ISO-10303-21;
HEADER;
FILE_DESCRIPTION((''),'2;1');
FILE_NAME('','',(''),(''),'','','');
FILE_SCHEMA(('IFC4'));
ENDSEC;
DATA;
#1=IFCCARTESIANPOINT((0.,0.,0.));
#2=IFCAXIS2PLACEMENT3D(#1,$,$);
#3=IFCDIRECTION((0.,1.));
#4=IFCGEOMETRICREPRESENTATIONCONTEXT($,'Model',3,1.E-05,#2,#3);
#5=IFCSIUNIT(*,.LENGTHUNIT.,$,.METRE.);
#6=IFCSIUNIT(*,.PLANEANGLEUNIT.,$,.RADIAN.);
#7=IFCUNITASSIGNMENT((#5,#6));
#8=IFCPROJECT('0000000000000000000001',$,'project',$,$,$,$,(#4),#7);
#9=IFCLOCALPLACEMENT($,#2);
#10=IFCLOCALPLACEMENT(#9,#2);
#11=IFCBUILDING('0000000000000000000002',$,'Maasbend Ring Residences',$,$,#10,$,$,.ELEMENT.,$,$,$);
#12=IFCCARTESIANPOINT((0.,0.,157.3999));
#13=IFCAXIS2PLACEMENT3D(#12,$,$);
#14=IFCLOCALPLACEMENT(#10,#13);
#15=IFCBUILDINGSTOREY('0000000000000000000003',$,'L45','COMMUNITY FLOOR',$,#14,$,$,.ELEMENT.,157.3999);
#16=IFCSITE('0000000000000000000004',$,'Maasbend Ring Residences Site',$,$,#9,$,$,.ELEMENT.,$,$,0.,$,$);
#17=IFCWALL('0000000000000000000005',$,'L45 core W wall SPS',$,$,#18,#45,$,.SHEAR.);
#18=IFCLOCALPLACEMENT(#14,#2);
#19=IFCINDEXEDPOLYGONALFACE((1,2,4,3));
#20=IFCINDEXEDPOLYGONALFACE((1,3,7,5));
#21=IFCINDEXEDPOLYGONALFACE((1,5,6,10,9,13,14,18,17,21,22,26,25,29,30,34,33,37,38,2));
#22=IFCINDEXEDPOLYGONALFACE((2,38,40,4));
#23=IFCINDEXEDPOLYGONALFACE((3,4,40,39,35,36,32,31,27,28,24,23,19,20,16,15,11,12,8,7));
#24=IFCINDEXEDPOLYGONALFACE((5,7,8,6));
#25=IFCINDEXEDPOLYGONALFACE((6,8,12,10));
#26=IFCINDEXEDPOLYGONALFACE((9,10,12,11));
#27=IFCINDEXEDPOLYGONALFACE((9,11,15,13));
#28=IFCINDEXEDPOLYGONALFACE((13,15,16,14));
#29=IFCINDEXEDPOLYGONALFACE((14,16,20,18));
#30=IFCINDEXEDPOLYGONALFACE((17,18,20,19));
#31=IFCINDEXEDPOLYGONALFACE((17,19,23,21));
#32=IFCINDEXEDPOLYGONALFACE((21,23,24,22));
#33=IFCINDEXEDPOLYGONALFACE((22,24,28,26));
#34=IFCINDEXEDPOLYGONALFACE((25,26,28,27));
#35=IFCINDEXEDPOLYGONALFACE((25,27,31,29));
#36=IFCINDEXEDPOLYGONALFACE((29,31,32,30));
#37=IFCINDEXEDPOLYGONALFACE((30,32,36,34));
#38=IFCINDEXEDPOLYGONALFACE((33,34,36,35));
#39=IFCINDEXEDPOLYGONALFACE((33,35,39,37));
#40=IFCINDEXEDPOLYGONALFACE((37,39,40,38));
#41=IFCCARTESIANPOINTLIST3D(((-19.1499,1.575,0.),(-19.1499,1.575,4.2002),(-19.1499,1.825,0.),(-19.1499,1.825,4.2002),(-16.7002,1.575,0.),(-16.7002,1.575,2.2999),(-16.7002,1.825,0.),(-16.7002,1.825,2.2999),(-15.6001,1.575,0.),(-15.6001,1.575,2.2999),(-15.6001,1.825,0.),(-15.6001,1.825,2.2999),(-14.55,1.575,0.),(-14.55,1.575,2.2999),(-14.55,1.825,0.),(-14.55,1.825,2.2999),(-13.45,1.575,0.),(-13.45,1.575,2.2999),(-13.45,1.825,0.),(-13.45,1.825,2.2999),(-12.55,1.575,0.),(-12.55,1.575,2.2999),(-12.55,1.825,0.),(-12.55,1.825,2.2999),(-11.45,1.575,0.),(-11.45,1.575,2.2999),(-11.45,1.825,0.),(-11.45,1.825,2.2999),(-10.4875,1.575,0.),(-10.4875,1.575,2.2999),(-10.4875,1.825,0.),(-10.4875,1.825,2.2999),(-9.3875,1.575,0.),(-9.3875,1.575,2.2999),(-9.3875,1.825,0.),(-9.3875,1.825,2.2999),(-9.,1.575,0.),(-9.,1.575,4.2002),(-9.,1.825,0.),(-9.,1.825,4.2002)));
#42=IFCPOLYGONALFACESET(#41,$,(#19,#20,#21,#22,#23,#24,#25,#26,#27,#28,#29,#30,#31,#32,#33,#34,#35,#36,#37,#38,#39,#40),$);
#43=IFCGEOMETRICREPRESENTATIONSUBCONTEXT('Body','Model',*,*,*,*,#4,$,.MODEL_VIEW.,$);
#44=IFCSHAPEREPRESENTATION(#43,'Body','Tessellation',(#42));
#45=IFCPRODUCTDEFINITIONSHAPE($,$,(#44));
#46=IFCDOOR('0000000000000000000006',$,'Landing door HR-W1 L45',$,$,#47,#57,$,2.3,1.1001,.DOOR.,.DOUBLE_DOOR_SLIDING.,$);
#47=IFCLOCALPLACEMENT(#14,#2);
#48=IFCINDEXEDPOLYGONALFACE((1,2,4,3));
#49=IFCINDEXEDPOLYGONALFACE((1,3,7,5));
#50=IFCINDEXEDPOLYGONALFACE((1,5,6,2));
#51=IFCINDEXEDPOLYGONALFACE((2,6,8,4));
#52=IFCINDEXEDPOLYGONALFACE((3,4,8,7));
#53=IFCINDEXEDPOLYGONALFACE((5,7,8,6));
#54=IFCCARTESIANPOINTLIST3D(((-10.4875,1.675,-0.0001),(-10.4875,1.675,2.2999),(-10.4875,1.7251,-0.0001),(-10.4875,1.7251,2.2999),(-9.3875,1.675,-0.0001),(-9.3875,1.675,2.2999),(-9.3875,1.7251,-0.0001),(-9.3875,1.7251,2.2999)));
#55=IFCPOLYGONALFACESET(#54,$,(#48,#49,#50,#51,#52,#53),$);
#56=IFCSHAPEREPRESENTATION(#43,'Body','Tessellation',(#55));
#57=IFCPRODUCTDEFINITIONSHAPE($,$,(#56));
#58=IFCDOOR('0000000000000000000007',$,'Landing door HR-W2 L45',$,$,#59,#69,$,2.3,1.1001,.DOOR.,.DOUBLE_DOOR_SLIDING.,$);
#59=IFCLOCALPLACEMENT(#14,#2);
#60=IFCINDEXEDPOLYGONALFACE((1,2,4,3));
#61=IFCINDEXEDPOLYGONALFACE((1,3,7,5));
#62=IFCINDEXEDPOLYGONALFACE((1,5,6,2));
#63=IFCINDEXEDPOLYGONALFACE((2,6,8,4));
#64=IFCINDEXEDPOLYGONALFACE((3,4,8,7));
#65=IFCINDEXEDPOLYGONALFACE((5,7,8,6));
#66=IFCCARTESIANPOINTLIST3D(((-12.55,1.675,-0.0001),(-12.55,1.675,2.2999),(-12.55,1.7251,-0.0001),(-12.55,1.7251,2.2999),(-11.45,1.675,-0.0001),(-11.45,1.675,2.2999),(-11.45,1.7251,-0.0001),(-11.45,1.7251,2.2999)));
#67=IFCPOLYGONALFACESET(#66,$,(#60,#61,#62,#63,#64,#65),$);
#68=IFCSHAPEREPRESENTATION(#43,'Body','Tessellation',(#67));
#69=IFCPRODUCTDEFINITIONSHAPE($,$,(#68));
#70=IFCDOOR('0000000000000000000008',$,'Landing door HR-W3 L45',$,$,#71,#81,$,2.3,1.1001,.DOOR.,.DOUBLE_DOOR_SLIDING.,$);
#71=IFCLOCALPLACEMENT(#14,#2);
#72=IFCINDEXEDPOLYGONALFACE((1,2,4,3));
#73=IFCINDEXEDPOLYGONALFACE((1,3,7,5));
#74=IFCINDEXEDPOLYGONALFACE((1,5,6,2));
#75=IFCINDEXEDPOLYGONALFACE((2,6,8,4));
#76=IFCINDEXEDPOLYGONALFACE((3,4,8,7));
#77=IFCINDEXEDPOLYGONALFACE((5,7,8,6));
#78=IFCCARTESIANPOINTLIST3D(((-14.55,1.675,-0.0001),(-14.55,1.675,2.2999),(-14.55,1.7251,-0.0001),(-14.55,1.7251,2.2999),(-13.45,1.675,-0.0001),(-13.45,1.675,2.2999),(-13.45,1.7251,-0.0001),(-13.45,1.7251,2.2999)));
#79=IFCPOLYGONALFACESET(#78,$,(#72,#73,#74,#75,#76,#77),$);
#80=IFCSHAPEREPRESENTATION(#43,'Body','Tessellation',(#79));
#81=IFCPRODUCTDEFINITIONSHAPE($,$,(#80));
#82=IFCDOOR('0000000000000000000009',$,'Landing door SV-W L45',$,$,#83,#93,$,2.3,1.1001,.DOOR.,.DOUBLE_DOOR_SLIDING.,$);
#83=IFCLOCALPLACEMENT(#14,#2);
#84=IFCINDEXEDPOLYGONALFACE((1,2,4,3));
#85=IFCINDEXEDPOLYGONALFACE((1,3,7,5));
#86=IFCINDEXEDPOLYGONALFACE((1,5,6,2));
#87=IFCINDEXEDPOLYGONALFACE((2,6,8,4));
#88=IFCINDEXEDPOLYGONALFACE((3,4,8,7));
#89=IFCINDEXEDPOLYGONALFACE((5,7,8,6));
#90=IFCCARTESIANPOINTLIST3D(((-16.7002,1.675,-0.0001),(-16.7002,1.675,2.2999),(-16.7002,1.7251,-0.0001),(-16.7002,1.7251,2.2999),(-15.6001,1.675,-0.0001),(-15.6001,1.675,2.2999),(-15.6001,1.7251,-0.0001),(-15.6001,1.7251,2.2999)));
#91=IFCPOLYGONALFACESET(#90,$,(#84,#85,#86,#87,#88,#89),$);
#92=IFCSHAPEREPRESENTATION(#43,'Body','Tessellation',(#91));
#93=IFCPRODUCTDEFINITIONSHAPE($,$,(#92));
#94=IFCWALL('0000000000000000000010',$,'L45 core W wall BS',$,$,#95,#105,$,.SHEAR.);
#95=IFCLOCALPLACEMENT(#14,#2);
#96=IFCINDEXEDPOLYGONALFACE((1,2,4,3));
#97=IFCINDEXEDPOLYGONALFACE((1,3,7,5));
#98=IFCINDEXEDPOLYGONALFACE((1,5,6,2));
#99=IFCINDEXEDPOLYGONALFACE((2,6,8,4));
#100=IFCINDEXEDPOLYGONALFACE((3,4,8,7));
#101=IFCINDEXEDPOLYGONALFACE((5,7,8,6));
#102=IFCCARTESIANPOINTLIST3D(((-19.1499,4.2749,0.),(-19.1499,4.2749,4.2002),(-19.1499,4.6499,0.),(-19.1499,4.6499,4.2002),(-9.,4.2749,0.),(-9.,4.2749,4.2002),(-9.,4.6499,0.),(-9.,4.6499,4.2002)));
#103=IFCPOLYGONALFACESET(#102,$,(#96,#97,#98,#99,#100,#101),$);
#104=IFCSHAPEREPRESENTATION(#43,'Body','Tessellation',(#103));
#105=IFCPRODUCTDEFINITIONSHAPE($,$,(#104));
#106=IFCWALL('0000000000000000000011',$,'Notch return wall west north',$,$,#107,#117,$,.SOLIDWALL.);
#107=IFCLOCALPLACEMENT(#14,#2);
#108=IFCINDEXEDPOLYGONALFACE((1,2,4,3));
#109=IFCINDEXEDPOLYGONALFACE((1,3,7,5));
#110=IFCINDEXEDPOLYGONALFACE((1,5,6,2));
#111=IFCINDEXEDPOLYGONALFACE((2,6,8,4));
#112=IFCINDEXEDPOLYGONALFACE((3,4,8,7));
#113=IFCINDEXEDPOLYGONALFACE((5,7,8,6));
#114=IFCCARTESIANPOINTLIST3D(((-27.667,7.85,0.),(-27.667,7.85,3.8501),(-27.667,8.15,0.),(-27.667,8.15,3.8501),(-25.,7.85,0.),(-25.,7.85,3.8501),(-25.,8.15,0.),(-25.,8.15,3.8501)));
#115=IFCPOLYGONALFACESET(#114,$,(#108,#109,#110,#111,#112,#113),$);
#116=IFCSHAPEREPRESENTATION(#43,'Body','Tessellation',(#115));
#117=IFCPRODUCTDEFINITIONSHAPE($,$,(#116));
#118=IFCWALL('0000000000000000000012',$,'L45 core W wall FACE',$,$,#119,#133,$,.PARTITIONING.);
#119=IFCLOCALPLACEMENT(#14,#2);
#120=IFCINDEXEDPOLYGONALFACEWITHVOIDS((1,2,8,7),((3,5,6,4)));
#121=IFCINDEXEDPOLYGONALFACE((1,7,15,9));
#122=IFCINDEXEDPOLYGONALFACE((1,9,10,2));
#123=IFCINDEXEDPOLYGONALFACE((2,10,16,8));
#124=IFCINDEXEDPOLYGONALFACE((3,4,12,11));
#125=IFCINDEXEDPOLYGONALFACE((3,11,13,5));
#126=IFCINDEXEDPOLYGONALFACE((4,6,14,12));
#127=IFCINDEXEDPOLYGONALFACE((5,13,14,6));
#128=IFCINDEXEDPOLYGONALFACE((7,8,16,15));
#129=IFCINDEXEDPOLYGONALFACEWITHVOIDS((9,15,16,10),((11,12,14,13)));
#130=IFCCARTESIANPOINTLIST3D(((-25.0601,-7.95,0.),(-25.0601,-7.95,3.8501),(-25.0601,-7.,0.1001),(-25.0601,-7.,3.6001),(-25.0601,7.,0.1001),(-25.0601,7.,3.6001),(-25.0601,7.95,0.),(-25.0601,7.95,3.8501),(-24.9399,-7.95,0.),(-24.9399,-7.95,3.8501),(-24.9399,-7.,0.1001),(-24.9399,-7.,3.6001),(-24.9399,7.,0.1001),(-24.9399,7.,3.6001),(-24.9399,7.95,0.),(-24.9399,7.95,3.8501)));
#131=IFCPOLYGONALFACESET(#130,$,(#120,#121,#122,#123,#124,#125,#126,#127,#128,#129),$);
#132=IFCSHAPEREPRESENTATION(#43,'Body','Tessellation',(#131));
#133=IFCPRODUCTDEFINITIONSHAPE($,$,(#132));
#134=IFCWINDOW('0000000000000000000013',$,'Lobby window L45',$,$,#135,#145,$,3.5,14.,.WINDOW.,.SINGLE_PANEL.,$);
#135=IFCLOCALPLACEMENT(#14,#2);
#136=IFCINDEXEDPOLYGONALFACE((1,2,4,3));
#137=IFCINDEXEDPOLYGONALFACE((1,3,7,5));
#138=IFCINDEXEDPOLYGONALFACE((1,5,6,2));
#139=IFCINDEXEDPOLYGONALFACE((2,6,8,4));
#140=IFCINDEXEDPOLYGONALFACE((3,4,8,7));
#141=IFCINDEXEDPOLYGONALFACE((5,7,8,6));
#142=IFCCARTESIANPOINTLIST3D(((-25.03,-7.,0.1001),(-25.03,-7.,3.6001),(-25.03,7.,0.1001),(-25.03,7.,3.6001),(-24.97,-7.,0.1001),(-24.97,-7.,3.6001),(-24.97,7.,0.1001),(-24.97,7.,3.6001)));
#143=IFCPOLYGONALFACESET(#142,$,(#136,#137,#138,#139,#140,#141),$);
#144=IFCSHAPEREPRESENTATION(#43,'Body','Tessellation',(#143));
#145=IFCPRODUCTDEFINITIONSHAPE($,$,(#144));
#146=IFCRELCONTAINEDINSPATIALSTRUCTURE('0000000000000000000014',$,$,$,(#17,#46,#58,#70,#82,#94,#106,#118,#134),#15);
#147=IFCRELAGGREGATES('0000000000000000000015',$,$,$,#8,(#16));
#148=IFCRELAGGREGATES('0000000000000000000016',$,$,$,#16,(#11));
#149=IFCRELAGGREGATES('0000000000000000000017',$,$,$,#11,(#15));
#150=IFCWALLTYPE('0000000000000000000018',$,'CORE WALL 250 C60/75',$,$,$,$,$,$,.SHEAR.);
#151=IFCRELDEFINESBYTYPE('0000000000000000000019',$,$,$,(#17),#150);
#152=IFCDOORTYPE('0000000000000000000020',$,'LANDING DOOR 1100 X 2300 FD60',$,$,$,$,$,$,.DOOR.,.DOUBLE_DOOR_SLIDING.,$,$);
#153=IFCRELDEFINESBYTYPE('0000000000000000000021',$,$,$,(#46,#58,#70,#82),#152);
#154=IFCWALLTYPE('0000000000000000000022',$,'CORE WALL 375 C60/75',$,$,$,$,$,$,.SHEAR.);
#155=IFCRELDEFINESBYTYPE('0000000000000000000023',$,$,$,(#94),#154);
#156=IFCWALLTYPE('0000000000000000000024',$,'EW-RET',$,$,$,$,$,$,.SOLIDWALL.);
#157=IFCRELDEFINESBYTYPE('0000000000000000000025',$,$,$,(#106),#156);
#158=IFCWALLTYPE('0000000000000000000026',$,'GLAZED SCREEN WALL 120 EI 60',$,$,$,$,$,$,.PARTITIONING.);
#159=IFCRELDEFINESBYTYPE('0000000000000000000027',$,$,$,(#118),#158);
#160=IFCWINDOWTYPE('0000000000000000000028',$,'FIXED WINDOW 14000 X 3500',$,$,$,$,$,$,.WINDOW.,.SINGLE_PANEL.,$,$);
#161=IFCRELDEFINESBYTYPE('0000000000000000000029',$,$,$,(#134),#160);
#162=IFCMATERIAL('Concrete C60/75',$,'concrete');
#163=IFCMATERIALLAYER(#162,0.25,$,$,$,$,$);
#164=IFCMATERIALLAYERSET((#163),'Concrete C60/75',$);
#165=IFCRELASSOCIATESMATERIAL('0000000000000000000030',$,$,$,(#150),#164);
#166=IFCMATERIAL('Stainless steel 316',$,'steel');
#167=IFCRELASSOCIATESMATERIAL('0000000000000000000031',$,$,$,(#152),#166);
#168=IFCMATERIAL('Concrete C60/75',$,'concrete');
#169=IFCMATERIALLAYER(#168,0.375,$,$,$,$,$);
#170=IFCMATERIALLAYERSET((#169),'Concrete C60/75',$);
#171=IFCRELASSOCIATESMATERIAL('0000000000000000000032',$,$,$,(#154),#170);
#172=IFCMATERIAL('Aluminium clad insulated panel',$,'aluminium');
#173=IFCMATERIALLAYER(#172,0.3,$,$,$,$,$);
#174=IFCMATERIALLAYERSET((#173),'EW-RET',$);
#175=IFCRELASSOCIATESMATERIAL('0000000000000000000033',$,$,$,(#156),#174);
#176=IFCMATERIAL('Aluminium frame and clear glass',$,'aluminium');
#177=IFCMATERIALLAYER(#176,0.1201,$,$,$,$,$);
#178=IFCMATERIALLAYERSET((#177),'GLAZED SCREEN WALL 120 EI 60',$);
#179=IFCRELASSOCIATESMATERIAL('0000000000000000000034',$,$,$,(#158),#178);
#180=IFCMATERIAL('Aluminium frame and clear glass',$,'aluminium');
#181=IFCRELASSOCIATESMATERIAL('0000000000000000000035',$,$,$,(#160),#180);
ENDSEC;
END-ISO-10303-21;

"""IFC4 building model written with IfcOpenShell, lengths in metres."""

from ifc_helpers import new_model, si_unit, direction, frame, frame_2d, origin, place, context, subcontext, project, spatial, rectangle, extrude, material, layer, layer_set, type_object, element, fill, save


model = new_model("IFC4")

# Units and contexts
model_context = context("Model", 3, precision=1e-05, world=origin(), true_north=direction((0.0, 1.0)))
body_context = subcontext(model_context, "Body", "Model", "MODEL_VIEW")
ifc_project = project(units=[si_unit("LENGTHUNIT", "METRE"), si_unit("PLANEANGLEUNIT", "RADIAN")], contexts=[model_context])

# Site, building, storey
site_placement = place(None, origin())
site = spatial("IfcSite", under=ifc_project, at=site_placement, Name="Maasbend Ring Residences Site", CompositionType="ELEMENT", RefElevation=0.0)
building_placement = place(site_placement, origin())
building = spatial("IfcBuilding", under=site, at=building_placement, Name="Maasbend Ring Residences", CompositionType="ELEMENT")
storey_placement = place(building_placement, frame((0.0, 0.0, 157.3999)))
storey = spatial("IfcBuildingStorey", under=building, at=storey_placement, Name="L45", Description="COMMUNITY FLOOR", CompositionType="ELEMENT", Elevation=157.3999)

# Wall, openings, doors
ifc_material_1 = material(Name="Concrete C60/75", Category="concrete")
ifc_layer_1 = layer(ifc_material_1, 0.25)
ifc_layer_set_1 = layer_set([ifc_layer_1], Name="Concrete C60/75")
wall_type_1 = type_object("IfcWallType", Name="CORE WALL 250 C60/75", PredefinedType="SHEAR", material=ifc_layer_set_1)
wall_1_placement = place(storey_placement, frame((-9.0, 1.7, 0.0), z_axis=(0.0, 0.0, 1.0), x_axis=(-1.0, 0.0, 0.0)))
wall_1 = element("IfcWall", 1, at=wall_1_placement, inside=storey, type_object=wall_type_1, Name="L45 core W wall SPS", PredefinedType="SHEAR", context=body_context, shape_type="SweptSolid", body=[
    extrude(rectangle(XDim=10.1499, YDim=0.25, at=frame_2d((5.075, 0.0))), origin(), (0.0, 0.0, 1.0), 4.2002),
])
opening_1_placement = place(wall_1_placement, frame((0.3875, 0.0, 0.0)))
opening_1 = element("IfcOpeningElement", 2, at=opening_1_placement, cuts=wall_1, PredefinedType="OPENING", context=body_context, shape_type="SweptSolid", body=[
    extrude(rectangle(XDim=1.1001, YDim=2.3, at=frame_2d((0.55, 1.1499))), frame((0.0, 0.135, 0.0), z_axis=(0.0, -1.0, 0.0), x_axis=(1.0, 0.0, 0.0)), (0.0, 0.0, 1.0), 0.27),
])
opening_2_placement = place(wall_1_placement, frame((2.45, 0.0, 0.0)))
opening_2 = element("IfcOpeningElement", 3, at=opening_2_placement, cuts=wall_1, PredefinedType="OPENING", context=body_context, shape_type="SweptSolid", body=[
    extrude(rectangle(XDim=1.1001, YDim=2.3, at=frame_2d((0.55, 1.1499))), frame((0.0, 0.135, 0.0), z_axis=(0.0, -1.0, 0.0), x_axis=(1.0, 0.0, 0.0)), (0.0, 0.0, 1.0), 0.27),
])
opening_3_placement = place(wall_1_placement, frame((4.45, 0.0, 0.0)))
opening_3 = element("IfcOpeningElement", 4, at=opening_3_placement, cuts=wall_1, PredefinedType="OPENING", context=body_context, shape_type="SweptSolid", body=[
    extrude(rectangle(XDim=1.1001, YDim=2.3, at=frame_2d((0.55, 1.1499))), frame((0.0, 0.135, 0.0), z_axis=(0.0, -1.0, 0.0), x_axis=(1.0, 0.0, 0.0)), (0.0, 0.0, 1.0), 0.27),
])
opening_4_placement = place(wall_1_placement, frame((6.6001, 0.0, 0.0)))
opening_4 = element("IfcOpeningElement", 5, at=opening_4_placement, cuts=wall_1, PredefinedType="OPENING", context=body_context, shape_type="SweptSolid", body=[
    extrude(rectangle(XDim=1.1001, YDim=2.3, at=frame_2d((0.55, 1.1499))), frame((0.0, 0.135, 0.0), z_axis=(0.0, -1.0, 0.0), x_axis=(1.0, 0.0, 0.0)), (0.0, 0.0, 1.0), 0.27),
])
ifc_material_2 = material(Name="Stainless steel 316", Category="steel")
door_type_1 = type_object("IfcDoorType", Name="LANDING DOOR 1100 X 2300 FD60", OperationType="DOUBLE_DOOR_SLIDING", PredefinedType="DOOR", material=ifc_material_2)
door_1_placement = place(opening_1_placement, origin())
door_1 = element("IfcDoor", 6, at=door_1_placement, inside=storey, type_object=door_type_1, Name="Landing door HR-W1 L45", OperationType="DOUBLE_DOOR_SLIDING", OverallHeight=2.3, OverallWidth=1.1001, PredefinedType="DOOR", context=body_context, shape_type="SweptSolid", body=[
    extrude(rectangle(XDim=1.1001, YDim=2.3, at=frame_2d((0.55, 1.1499))), frame((0.0, 0.0249, 0.0), z_axis=(0.0, -1.0, 0.0), x_axis=(1.0, 0.0, 0.0)), (0.0, 0.0, 1.0), 0.05),
])
fill(opening_1, door_1)
door_2_placement = place(opening_2_placement, origin())
door_2 = element("IfcDoor", 7, at=door_2_placement, inside=storey, type_object=door_type_1, Name="Landing door HR-W2 L45", OperationType="DOUBLE_DOOR_SLIDING", OverallHeight=2.3, OverallWidth=1.1001, PredefinedType="DOOR", context=body_context, shape_type="SweptSolid", body=[
    extrude(rectangle(XDim=1.1001, YDim=2.3, at=frame_2d((0.55, 1.1499))), frame((0.0, 0.0249, 0.0), z_axis=(0.0, -1.0, 0.0), x_axis=(1.0, 0.0, 0.0)), (0.0, 0.0, 1.0), 0.05),
])
fill(opening_2, door_2)
door_3_placement = place(opening_3_placement, origin())
door_3 = element("IfcDoor", 8, at=door_3_placement, inside=storey, type_object=door_type_1, Name="Landing door HR-W3 L45", OperationType="DOUBLE_DOOR_SLIDING", OverallHeight=2.3, OverallWidth=1.1001, PredefinedType="DOOR", context=body_context, shape_type="SweptSolid", body=[
    extrude(rectangle(XDim=1.1001, YDim=2.3, at=frame_2d((0.55, 1.1499))), frame((0.0, 0.0249, 0.0), z_axis=(0.0, -1.0, 0.0), x_axis=(1.0, 0.0, 0.0)), (0.0, 0.0, 1.0), 0.05),
])
fill(opening_3, door_3)
door_4_placement = place(opening_4_placement, origin())
door_4 = element("IfcDoor", 9, at=door_4_placement, inside=storey, type_object=door_type_1, Name="Landing door SV-W L45", OperationType="DOUBLE_DOOR_SLIDING", OverallHeight=2.3, OverallWidth=1.1001, PredefinedType="DOOR", context=body_context, shape_type="SweptSolid", body=[
    extrude(rectangle(XDim=1.1001, YDim=2.3, at=frame_2d((0.55, 1.1499))), frame((0.0, 0.0249, 0.0), z_axis=(0.0, -1.0, 0.0), x_axis=(1.0, 0.0, 0.0)), (0.0, 0.0, 1.0), 0.05),
])
fill(opening_4, door_4)

# Walls
ifc_material_3 = material(Name="Concrete C60/75", Category="concrete")
ifc_layer_2 = layer(ifc_material_3, 0.375)
ifc_layer_set_2 = layer_set([ifc_layer_2], Name="Concrete C60/75")
wall_type_2 = type_object("IfcWallType", Name="CORE WALL 375 C60/75", PredefinedType="SHEAR", material=ifc_layer_set_2)
wall_2_placement = place(storey_placement, frame((-9.0, 4.4624, 0.0), z_axis=(0.0, 0.0, 1.0), x_axis=(-1.0, 0.0, 0.0)))
element("IfcWall", 10, at=wall_2_placement, inside=storey, type_object=wall_type_2, Name="L45 core W wall BS", PredefinedType="SHEAR", context=body_context, shape_type="SweptSolid", body=[
    extrude(rectangle(XDim=10.1499, YDim=0.375, at=frame_2d((5.075, 0.0))), origin(), (0.0, 0.0, 1.0), 4.2002),
])
ifc_material_4 = material(Name="Aluminium clad insulated panel", Category="aluminium")
ifc_layer_3 = layer(ifc_material_4, 0.3)
ifc_layer_set_3 = layer_set([ifc_layer_3], Name="EW-RET")
wall_type_3 = type_object("IfcWallType", Name="EW-RET", PredefinedType="SOLIDWALL", material=ifc_layer_set_3)
wall_3_placement = place(storey_placement, frame((-25.0, 8.0, 0.0), z_axis=(0.0, 0.0, 1.0), x_axis=(-1.0, 0.0, 0.0)))
element("IfcWall", 11, at=wall_3_placement, inside=storey, type_object=wall_type_3, Name="Notch return wall west north", PredefinedType="SOLIDWALL", context=body_context, shape_type="SweptSolid", body=[
    extrude(rectangle(XDim=2.667, YDim=0.3, at=frame_2d((1.3335, 0.0))), origin(), (0.0, 0.0, 1.0), 3.8501),
])

# Wall, opening, window
ifc_material_5 = material(Name="Aluminium frame and clear glass", Category="aluminium")
ifc_layer_4 = layer(ifc_material_5, 0.1201)
ifc_layer_set_4 = layer_set([ifc_layer_4], Name="GLAZED SCREEN WALL 120 EI 60")
wall_type_4 = type_object("IfcWallType", Name="GLAZED SCREEN WALL 120 EI 60", PredefinedType="PARTITIONING", material=ifc_layer_set_4)
wall_4_placement = place(storey_placement, frame((-25.0, 7.95, 0.0), z_axis=(0.0, 0.0, 1.0), x_axis=(0.0, -1.0, 0.0)))
wall_4 = element("IfcWall", 12, at=wall_4_placement, inside=storey, type_object=wall_type_4, Name="L45 core W wall FACE", PredefinedType="PARTITIONING", context=body_context, shape_type="SweptSolid", body=[
    extrude(rectangle(XDim=15.8999, YDim=0.1201, at=frame_2d((7.95, 0.0))), origin(), (0.0, 0.0, 1.0), 3.8501),
])
opening_5_placement = place(wall_4_placement, frame((0.95, 0.0, 0.1001)))
opening_5 = element("IfcOpeningElement", 13, at=opening_5_placement, cuts=wall_4, PredefinedType="OPENING", context=body_context, shape_type="SweptSolid", body=[
    extrude(rectangle(XDim=14.0, YDim=3.5, at=frame_2d((7.0, 1.75))), frame((0.0, 0.0701, 0.0), z_axis=(0.0, -1.0, 0.0), x_axis=(1.0, 0.0, 0.0)), (0.0, 0.0, 1.0), 0.1401),
])
ifc_material_6 = material(Name="Aluminium frame and clear glass", Category="aluminium")
window_type = type_object("IfcWindowType", Name="FIXED WINDOW 14000 X 3500", PartitioningType="SINGLE_PANEL", PredefinedType="WINDOW", material=ifc_material_6)
window_placement = place(opening_5_placement, origin())
window = element("IfcWindow", 14, at=window_placement, inside=storey, type_object=window_type, Name="Lobby window L45", OverallHeight=3.5, OverallWidth=14.0, PartitioningType="SINGLE_PANEL", PredefinedType="WINDOW", context=body_context, shape_type="SweptSolid", body=[
    extrude(rectangle(XDim=14.0, YDim=3.5, at=frame_2d((7.0, 1.75))), frame((0.0, 0.03, 0.0), z_axis=(0.0, -1.0, 0.0), x_axis=(1.0, 0.0, 0.0)), (0.0, 0.0, 1.0), 0.0601),
])
fill(opening_5, window)

save(model, "model.ifc")
